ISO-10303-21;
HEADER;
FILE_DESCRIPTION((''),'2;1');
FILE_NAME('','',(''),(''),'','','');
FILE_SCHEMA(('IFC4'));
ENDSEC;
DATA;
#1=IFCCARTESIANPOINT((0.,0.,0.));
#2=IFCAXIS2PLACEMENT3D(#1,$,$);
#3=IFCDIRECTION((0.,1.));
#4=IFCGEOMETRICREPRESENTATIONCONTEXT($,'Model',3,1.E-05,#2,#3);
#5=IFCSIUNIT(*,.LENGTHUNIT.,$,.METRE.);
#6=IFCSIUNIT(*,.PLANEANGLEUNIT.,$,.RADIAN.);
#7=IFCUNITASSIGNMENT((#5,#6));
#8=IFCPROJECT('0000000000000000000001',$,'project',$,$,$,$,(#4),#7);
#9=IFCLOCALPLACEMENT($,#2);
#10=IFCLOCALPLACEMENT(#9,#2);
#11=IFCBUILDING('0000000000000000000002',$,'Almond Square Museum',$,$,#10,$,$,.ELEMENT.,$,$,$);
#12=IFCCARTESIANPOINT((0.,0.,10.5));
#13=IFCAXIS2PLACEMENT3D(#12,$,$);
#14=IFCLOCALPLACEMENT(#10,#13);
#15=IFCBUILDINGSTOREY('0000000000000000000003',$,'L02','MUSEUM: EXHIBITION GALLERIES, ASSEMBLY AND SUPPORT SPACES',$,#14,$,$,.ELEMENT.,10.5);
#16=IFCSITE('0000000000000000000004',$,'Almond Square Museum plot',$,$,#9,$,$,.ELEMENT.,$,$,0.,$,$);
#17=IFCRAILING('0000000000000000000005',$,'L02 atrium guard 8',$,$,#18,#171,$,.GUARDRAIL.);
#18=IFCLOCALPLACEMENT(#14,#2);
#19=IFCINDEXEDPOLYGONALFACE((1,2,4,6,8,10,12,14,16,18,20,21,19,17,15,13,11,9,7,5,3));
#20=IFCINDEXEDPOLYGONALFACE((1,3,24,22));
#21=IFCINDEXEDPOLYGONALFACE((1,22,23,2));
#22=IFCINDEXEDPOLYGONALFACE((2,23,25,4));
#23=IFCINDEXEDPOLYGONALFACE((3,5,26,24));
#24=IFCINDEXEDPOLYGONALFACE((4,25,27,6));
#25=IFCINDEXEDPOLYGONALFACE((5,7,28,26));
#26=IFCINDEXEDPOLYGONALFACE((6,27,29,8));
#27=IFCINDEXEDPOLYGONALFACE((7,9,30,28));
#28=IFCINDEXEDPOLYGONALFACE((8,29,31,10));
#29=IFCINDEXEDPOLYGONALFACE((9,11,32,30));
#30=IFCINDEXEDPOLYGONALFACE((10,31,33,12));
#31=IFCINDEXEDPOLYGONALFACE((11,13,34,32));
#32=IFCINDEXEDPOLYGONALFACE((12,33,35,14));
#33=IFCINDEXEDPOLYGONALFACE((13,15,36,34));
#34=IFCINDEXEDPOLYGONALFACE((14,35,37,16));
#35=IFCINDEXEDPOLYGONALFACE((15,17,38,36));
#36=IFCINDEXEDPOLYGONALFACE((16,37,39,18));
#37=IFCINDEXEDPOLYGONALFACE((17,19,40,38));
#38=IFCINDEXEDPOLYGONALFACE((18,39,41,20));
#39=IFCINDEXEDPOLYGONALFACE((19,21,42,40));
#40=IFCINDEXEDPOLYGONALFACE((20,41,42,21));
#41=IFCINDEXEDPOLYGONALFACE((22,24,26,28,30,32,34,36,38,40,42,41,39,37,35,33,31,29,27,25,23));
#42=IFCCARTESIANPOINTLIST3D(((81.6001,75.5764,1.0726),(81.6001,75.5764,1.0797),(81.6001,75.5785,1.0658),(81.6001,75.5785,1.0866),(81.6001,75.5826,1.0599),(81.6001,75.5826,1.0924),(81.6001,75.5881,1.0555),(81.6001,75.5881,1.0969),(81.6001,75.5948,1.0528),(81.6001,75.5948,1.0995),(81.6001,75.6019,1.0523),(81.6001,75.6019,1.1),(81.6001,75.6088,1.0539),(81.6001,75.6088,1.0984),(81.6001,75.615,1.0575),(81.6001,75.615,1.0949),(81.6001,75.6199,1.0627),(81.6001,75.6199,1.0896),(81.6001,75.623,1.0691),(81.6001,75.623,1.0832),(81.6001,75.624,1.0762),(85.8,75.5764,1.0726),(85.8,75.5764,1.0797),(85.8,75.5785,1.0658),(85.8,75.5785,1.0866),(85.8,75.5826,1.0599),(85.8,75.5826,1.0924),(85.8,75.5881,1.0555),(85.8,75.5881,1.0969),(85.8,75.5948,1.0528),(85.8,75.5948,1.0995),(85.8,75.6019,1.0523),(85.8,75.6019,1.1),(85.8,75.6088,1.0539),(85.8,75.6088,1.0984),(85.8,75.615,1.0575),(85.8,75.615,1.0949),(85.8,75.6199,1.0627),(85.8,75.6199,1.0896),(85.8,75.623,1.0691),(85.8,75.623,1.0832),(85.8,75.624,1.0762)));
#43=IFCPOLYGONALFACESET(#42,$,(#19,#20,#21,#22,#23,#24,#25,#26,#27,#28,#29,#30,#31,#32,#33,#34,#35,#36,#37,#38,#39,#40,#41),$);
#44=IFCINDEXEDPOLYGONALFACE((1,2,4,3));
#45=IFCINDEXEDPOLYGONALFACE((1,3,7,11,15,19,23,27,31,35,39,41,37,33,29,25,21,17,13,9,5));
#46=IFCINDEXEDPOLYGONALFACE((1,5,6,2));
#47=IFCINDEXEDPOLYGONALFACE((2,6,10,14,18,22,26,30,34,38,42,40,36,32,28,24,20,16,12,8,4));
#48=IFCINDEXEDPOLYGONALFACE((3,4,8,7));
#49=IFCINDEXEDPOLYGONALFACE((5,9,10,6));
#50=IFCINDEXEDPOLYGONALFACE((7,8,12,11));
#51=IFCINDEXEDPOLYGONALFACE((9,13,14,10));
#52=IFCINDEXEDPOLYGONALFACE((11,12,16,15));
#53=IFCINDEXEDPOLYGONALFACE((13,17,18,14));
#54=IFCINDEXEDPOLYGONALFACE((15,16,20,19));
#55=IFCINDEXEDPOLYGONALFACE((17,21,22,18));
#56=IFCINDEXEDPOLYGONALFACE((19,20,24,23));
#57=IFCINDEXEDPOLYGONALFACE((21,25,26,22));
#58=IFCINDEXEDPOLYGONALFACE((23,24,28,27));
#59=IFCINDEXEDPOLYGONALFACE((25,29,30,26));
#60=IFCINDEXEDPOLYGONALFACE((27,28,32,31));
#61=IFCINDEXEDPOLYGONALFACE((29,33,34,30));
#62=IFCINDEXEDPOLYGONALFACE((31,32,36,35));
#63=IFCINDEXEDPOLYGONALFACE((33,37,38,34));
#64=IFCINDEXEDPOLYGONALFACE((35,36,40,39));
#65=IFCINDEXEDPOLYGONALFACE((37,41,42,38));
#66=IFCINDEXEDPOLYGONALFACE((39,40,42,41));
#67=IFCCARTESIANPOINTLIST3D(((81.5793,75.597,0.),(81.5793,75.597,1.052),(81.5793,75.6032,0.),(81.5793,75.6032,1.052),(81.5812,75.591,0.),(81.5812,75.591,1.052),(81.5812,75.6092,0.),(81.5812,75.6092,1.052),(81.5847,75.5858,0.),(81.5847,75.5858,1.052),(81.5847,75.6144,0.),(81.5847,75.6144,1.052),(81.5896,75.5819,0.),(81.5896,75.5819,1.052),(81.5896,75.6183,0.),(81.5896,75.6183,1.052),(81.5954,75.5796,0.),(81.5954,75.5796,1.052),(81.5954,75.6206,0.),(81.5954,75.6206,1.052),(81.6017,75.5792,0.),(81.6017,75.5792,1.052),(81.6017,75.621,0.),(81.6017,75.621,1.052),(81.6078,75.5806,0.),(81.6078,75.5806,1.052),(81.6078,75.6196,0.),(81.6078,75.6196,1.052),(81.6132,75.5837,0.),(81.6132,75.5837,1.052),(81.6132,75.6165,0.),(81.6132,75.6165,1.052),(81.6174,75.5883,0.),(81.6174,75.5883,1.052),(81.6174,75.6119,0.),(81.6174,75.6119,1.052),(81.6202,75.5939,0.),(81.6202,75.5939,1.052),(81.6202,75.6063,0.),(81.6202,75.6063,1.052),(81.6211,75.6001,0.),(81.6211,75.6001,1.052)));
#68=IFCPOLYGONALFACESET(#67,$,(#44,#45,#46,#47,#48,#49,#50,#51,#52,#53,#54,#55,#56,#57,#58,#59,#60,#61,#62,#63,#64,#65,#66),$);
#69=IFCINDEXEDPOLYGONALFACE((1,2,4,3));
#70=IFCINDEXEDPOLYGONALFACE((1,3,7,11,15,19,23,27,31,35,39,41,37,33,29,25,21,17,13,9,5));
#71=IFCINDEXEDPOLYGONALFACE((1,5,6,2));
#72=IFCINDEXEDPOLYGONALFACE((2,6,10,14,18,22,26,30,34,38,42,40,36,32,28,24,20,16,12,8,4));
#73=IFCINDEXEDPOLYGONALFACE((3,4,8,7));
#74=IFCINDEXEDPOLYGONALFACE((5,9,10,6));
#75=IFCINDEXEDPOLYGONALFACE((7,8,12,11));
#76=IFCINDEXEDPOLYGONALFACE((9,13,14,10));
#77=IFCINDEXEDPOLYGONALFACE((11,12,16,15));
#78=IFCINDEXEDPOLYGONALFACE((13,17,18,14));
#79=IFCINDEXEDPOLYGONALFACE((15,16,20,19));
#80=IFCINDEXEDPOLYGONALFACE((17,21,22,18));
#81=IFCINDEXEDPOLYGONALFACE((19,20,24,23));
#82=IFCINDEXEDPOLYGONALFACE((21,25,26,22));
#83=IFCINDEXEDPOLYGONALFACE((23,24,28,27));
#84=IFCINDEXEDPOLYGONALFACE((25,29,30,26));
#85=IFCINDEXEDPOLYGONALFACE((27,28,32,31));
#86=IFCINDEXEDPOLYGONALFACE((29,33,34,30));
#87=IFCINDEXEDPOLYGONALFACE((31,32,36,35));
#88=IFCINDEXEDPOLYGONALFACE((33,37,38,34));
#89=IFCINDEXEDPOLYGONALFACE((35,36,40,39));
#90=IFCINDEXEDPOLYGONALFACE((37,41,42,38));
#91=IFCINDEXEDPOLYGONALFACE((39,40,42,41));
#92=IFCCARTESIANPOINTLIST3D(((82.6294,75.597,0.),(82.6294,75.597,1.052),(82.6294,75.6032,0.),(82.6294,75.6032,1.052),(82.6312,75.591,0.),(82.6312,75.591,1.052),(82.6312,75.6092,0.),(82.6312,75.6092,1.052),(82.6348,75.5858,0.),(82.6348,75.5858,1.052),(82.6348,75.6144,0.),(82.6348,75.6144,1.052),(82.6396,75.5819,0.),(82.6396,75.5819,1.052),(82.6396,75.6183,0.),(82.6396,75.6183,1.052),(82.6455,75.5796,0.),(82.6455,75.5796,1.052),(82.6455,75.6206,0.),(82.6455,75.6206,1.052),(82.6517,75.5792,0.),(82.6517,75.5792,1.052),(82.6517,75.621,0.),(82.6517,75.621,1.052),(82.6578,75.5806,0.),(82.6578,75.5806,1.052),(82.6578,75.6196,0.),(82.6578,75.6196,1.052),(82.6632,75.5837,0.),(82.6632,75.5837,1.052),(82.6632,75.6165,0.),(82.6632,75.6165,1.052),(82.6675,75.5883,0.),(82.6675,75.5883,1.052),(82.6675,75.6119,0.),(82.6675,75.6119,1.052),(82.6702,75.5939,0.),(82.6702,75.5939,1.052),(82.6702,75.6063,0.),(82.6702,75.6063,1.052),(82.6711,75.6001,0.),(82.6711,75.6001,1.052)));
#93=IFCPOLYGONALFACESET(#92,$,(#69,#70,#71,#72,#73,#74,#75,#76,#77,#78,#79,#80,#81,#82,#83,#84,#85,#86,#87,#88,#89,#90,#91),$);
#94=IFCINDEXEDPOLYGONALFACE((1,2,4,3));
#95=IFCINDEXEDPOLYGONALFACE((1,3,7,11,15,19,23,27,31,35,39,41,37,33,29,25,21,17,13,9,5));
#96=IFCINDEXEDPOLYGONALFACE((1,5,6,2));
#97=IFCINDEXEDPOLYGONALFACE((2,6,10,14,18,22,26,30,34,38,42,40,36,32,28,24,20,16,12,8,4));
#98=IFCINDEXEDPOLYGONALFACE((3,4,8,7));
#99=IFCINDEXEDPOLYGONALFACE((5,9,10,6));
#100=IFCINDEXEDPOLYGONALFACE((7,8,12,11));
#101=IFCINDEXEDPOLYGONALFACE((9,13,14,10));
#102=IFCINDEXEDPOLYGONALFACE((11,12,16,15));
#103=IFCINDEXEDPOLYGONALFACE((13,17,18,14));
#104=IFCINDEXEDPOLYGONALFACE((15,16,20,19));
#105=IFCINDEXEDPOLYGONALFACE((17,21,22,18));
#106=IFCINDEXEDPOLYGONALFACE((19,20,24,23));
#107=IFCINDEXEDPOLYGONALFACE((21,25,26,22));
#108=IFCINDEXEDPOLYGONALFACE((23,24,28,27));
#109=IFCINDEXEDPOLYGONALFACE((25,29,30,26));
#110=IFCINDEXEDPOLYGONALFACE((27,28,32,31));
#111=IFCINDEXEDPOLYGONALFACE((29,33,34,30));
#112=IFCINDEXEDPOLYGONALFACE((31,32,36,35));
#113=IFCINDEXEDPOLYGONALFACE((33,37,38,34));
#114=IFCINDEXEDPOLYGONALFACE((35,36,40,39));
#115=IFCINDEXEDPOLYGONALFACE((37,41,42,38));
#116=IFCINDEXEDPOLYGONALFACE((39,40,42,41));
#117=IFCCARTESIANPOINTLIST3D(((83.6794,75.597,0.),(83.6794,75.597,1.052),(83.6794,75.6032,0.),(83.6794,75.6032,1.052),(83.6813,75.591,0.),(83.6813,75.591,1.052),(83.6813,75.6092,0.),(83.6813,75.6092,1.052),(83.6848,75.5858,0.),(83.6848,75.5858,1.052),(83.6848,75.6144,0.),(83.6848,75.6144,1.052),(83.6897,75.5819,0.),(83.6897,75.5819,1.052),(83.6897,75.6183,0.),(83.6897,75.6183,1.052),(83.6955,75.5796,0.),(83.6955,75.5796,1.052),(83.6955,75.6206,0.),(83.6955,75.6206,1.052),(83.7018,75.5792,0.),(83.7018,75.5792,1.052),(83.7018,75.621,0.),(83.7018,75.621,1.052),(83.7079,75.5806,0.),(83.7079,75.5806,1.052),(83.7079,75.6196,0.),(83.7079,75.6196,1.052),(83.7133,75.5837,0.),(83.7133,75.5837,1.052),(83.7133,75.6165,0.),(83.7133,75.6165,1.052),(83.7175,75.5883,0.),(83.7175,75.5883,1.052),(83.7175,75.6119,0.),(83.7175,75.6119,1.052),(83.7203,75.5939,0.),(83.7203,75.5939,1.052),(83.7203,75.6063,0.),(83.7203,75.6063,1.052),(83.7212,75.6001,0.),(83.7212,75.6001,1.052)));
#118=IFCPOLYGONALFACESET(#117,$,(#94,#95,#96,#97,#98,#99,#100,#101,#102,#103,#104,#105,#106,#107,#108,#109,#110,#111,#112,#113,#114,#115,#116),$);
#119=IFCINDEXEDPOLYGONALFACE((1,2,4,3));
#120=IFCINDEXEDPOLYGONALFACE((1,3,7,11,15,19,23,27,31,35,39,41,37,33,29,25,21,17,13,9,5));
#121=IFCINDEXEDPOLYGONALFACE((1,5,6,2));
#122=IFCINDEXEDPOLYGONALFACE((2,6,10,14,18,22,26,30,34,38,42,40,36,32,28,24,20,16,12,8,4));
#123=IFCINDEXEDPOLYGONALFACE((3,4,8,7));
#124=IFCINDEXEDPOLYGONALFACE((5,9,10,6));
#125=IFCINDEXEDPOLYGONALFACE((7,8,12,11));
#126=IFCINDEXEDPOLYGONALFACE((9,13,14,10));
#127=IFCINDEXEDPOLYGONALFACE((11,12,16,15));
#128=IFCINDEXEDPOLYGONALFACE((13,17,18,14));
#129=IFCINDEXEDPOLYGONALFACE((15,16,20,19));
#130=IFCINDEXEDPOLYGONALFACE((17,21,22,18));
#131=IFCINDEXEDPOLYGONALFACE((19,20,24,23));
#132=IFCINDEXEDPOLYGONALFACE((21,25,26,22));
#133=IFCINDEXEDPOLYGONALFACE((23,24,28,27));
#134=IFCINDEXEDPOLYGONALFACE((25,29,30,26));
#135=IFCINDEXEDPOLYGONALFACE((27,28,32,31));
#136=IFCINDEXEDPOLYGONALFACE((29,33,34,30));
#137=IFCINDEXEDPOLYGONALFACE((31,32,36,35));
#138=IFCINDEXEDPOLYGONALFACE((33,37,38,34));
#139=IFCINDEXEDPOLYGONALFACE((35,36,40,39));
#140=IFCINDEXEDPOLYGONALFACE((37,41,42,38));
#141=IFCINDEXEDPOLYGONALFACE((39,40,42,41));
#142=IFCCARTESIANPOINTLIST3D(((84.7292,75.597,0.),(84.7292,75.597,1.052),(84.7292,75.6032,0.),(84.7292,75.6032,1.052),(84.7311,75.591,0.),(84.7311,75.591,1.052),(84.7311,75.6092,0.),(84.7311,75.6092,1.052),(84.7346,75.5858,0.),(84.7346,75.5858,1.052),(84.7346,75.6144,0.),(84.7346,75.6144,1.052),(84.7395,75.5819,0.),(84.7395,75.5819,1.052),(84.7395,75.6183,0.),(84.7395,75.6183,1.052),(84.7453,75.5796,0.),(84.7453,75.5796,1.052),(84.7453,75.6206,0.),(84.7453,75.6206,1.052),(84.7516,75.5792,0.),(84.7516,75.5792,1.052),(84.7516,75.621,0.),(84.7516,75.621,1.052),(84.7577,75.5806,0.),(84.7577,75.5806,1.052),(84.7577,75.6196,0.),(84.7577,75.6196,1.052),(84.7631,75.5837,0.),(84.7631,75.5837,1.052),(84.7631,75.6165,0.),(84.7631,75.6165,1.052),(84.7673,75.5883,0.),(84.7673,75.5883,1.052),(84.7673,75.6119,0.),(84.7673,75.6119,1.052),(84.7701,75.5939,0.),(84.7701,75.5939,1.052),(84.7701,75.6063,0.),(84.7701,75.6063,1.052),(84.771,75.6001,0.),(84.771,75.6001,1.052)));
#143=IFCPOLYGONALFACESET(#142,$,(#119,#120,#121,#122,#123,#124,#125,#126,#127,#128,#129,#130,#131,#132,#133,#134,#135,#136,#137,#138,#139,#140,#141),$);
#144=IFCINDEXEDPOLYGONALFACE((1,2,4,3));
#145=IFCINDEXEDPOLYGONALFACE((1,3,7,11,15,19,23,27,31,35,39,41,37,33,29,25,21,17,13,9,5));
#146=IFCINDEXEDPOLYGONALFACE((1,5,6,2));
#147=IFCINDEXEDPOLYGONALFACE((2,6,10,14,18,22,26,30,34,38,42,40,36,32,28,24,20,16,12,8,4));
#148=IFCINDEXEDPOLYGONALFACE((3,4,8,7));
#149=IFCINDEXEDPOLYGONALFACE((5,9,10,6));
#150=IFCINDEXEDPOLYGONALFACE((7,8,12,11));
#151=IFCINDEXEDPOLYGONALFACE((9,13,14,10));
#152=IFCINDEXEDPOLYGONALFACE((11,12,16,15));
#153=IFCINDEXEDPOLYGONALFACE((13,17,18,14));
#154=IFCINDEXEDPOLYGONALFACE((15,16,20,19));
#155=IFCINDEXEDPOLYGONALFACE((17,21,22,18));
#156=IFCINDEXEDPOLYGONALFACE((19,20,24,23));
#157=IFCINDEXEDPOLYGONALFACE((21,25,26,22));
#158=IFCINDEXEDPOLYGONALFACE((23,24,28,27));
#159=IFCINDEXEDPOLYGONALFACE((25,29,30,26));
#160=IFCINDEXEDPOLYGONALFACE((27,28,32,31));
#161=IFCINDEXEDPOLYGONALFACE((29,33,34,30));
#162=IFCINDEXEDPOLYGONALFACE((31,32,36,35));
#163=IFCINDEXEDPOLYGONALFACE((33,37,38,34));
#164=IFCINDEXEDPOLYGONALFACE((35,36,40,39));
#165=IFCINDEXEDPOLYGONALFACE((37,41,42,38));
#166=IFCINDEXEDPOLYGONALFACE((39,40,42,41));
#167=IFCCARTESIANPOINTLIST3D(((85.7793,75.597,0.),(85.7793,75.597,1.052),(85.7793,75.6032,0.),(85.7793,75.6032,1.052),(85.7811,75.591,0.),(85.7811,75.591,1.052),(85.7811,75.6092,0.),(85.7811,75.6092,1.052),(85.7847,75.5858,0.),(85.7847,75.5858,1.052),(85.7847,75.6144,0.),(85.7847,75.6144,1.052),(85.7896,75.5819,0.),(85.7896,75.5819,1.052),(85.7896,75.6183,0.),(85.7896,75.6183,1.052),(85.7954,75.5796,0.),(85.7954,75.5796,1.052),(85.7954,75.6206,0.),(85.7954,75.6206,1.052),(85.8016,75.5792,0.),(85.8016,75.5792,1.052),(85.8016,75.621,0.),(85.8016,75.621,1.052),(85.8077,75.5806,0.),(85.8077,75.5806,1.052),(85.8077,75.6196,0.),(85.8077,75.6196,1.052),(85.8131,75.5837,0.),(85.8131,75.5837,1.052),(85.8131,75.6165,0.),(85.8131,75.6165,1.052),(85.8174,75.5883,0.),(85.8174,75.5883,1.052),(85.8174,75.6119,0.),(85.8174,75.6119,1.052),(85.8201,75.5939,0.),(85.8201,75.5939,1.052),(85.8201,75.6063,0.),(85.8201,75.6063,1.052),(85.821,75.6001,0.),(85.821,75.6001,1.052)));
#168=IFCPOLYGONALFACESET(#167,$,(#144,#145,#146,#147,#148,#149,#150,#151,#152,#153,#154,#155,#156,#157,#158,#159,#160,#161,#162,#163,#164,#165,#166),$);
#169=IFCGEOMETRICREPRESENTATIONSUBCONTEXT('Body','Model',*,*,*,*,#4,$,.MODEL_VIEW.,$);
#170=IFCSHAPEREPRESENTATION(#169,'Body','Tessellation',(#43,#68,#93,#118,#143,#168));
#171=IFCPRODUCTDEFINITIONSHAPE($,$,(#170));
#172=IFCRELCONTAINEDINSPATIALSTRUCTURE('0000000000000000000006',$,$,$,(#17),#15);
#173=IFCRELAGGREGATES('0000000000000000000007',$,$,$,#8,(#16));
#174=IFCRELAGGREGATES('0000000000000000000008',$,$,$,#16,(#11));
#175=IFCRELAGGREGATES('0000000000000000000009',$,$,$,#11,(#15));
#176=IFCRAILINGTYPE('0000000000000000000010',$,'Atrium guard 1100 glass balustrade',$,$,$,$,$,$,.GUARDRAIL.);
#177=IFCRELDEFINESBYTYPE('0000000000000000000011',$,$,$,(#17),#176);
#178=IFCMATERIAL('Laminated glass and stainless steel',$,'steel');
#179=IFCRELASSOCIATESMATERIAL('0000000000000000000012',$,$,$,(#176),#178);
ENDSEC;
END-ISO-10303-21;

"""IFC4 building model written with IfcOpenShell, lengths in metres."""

from ifc_helpers import new_model, si_unit, direction, frame, origin, origin_2d, place, context, subcontext, project, spatial, circle, extrude, material, type_object, element, save


model = new_model("IFC4")

# Units and contexts
model_context = context("Model", 3, precision=1e-05, world=origin(), true_north=direction((0.0, 1.0)))
body_context = subcontext(model_context, "Body", "Model", "MODEL_VIEW")
ifc_project = project(units=[si_unit("LENGTHUNIT", "METRE"), si_unit("PLANEANGLEUNIT", "RADIAN")], contexts=[model_context])

# Site, building, storey
site_placement = place(None, origin())
site = spatial("IfcSite", under=ifc_project, at=site_placement, Name="Almond Square Museum plot", CompositionType="ELEMENT", RefElevation=0.0)
building_placement = place(site_placement, origin())
building = spatial("IfcBuilding", under=site, at=building_placement, Name="Almond Square Museum", CompositionType="ELEMENT")
storey_placement = place(building_placement, frame((0.0, 0.0, 10.5)))
storey = spatial("IfcBuildingStorey", under=building, at=storey_placement, Name="L02", Description="MUSEUM: EXHIBITION GALLERIES, ASSEMBLY AND SUPPORT SPACES", CompositionType="ELEMENT", Elevation=10.5)

# Railing
ifc_material_1 = material(Name="Laminated glass and stainless steel", Category="steel")
railing_type_1 = type_object("IfcRailingType", Name="Atrium guard 1100 glass balustrade", PredefinedType="GUARDRAIL", material=ifc_material_1)
railing_1_placement = place(storey_placement, frame((81.6001, 75.6001, 0.0)))
element("IfcRailing", 1, at=railing_1_placement, inside=storey, type_object=railing_type_1, Name="L02 atrium guard 8", PredefinedType="GUARDRAIL", context=body_context, shape_type="SweptSolid", body=[
    extrude(circle(Radius=0.0239, at=origin_2d()), frame((0.0, 0.0, 1.0762), z_axis=(1.0, 0.0, 0.0), x_axis=(0.0, 1.0, 0.0)), (0.0, 0.0, 1.0), 4.2),
    extrude(circle(Radius=0.021, at=origin_2d()), origin(), (0.0, 0.0, 1.0), 1.052),
    extrude(circle(Radius=0.021, at=origin_2d()), frame((1.05, 0.0, 0.0)), (0.0, 0.0, 1.0), 1.052),
    extrude(circle(Radius=0.021, at=origin_2d()), frame((2.1001, 0.0, 0.0)), (0.0, 0.0, 1.0), 1.052),
    extrude(circle(Radius=0.021, at=origin_2d()), frame((3.1499, 0.0, 0.0)), (0.0, 0.0, 1.0), 1.052),
    extrude(circle(Radius=0.021, at=origin_2d()), frame((4.2, 0.0, 0.0)), (0.0, 0.0, 1.0), 1.052),
])

save(model, "model.ifc")
